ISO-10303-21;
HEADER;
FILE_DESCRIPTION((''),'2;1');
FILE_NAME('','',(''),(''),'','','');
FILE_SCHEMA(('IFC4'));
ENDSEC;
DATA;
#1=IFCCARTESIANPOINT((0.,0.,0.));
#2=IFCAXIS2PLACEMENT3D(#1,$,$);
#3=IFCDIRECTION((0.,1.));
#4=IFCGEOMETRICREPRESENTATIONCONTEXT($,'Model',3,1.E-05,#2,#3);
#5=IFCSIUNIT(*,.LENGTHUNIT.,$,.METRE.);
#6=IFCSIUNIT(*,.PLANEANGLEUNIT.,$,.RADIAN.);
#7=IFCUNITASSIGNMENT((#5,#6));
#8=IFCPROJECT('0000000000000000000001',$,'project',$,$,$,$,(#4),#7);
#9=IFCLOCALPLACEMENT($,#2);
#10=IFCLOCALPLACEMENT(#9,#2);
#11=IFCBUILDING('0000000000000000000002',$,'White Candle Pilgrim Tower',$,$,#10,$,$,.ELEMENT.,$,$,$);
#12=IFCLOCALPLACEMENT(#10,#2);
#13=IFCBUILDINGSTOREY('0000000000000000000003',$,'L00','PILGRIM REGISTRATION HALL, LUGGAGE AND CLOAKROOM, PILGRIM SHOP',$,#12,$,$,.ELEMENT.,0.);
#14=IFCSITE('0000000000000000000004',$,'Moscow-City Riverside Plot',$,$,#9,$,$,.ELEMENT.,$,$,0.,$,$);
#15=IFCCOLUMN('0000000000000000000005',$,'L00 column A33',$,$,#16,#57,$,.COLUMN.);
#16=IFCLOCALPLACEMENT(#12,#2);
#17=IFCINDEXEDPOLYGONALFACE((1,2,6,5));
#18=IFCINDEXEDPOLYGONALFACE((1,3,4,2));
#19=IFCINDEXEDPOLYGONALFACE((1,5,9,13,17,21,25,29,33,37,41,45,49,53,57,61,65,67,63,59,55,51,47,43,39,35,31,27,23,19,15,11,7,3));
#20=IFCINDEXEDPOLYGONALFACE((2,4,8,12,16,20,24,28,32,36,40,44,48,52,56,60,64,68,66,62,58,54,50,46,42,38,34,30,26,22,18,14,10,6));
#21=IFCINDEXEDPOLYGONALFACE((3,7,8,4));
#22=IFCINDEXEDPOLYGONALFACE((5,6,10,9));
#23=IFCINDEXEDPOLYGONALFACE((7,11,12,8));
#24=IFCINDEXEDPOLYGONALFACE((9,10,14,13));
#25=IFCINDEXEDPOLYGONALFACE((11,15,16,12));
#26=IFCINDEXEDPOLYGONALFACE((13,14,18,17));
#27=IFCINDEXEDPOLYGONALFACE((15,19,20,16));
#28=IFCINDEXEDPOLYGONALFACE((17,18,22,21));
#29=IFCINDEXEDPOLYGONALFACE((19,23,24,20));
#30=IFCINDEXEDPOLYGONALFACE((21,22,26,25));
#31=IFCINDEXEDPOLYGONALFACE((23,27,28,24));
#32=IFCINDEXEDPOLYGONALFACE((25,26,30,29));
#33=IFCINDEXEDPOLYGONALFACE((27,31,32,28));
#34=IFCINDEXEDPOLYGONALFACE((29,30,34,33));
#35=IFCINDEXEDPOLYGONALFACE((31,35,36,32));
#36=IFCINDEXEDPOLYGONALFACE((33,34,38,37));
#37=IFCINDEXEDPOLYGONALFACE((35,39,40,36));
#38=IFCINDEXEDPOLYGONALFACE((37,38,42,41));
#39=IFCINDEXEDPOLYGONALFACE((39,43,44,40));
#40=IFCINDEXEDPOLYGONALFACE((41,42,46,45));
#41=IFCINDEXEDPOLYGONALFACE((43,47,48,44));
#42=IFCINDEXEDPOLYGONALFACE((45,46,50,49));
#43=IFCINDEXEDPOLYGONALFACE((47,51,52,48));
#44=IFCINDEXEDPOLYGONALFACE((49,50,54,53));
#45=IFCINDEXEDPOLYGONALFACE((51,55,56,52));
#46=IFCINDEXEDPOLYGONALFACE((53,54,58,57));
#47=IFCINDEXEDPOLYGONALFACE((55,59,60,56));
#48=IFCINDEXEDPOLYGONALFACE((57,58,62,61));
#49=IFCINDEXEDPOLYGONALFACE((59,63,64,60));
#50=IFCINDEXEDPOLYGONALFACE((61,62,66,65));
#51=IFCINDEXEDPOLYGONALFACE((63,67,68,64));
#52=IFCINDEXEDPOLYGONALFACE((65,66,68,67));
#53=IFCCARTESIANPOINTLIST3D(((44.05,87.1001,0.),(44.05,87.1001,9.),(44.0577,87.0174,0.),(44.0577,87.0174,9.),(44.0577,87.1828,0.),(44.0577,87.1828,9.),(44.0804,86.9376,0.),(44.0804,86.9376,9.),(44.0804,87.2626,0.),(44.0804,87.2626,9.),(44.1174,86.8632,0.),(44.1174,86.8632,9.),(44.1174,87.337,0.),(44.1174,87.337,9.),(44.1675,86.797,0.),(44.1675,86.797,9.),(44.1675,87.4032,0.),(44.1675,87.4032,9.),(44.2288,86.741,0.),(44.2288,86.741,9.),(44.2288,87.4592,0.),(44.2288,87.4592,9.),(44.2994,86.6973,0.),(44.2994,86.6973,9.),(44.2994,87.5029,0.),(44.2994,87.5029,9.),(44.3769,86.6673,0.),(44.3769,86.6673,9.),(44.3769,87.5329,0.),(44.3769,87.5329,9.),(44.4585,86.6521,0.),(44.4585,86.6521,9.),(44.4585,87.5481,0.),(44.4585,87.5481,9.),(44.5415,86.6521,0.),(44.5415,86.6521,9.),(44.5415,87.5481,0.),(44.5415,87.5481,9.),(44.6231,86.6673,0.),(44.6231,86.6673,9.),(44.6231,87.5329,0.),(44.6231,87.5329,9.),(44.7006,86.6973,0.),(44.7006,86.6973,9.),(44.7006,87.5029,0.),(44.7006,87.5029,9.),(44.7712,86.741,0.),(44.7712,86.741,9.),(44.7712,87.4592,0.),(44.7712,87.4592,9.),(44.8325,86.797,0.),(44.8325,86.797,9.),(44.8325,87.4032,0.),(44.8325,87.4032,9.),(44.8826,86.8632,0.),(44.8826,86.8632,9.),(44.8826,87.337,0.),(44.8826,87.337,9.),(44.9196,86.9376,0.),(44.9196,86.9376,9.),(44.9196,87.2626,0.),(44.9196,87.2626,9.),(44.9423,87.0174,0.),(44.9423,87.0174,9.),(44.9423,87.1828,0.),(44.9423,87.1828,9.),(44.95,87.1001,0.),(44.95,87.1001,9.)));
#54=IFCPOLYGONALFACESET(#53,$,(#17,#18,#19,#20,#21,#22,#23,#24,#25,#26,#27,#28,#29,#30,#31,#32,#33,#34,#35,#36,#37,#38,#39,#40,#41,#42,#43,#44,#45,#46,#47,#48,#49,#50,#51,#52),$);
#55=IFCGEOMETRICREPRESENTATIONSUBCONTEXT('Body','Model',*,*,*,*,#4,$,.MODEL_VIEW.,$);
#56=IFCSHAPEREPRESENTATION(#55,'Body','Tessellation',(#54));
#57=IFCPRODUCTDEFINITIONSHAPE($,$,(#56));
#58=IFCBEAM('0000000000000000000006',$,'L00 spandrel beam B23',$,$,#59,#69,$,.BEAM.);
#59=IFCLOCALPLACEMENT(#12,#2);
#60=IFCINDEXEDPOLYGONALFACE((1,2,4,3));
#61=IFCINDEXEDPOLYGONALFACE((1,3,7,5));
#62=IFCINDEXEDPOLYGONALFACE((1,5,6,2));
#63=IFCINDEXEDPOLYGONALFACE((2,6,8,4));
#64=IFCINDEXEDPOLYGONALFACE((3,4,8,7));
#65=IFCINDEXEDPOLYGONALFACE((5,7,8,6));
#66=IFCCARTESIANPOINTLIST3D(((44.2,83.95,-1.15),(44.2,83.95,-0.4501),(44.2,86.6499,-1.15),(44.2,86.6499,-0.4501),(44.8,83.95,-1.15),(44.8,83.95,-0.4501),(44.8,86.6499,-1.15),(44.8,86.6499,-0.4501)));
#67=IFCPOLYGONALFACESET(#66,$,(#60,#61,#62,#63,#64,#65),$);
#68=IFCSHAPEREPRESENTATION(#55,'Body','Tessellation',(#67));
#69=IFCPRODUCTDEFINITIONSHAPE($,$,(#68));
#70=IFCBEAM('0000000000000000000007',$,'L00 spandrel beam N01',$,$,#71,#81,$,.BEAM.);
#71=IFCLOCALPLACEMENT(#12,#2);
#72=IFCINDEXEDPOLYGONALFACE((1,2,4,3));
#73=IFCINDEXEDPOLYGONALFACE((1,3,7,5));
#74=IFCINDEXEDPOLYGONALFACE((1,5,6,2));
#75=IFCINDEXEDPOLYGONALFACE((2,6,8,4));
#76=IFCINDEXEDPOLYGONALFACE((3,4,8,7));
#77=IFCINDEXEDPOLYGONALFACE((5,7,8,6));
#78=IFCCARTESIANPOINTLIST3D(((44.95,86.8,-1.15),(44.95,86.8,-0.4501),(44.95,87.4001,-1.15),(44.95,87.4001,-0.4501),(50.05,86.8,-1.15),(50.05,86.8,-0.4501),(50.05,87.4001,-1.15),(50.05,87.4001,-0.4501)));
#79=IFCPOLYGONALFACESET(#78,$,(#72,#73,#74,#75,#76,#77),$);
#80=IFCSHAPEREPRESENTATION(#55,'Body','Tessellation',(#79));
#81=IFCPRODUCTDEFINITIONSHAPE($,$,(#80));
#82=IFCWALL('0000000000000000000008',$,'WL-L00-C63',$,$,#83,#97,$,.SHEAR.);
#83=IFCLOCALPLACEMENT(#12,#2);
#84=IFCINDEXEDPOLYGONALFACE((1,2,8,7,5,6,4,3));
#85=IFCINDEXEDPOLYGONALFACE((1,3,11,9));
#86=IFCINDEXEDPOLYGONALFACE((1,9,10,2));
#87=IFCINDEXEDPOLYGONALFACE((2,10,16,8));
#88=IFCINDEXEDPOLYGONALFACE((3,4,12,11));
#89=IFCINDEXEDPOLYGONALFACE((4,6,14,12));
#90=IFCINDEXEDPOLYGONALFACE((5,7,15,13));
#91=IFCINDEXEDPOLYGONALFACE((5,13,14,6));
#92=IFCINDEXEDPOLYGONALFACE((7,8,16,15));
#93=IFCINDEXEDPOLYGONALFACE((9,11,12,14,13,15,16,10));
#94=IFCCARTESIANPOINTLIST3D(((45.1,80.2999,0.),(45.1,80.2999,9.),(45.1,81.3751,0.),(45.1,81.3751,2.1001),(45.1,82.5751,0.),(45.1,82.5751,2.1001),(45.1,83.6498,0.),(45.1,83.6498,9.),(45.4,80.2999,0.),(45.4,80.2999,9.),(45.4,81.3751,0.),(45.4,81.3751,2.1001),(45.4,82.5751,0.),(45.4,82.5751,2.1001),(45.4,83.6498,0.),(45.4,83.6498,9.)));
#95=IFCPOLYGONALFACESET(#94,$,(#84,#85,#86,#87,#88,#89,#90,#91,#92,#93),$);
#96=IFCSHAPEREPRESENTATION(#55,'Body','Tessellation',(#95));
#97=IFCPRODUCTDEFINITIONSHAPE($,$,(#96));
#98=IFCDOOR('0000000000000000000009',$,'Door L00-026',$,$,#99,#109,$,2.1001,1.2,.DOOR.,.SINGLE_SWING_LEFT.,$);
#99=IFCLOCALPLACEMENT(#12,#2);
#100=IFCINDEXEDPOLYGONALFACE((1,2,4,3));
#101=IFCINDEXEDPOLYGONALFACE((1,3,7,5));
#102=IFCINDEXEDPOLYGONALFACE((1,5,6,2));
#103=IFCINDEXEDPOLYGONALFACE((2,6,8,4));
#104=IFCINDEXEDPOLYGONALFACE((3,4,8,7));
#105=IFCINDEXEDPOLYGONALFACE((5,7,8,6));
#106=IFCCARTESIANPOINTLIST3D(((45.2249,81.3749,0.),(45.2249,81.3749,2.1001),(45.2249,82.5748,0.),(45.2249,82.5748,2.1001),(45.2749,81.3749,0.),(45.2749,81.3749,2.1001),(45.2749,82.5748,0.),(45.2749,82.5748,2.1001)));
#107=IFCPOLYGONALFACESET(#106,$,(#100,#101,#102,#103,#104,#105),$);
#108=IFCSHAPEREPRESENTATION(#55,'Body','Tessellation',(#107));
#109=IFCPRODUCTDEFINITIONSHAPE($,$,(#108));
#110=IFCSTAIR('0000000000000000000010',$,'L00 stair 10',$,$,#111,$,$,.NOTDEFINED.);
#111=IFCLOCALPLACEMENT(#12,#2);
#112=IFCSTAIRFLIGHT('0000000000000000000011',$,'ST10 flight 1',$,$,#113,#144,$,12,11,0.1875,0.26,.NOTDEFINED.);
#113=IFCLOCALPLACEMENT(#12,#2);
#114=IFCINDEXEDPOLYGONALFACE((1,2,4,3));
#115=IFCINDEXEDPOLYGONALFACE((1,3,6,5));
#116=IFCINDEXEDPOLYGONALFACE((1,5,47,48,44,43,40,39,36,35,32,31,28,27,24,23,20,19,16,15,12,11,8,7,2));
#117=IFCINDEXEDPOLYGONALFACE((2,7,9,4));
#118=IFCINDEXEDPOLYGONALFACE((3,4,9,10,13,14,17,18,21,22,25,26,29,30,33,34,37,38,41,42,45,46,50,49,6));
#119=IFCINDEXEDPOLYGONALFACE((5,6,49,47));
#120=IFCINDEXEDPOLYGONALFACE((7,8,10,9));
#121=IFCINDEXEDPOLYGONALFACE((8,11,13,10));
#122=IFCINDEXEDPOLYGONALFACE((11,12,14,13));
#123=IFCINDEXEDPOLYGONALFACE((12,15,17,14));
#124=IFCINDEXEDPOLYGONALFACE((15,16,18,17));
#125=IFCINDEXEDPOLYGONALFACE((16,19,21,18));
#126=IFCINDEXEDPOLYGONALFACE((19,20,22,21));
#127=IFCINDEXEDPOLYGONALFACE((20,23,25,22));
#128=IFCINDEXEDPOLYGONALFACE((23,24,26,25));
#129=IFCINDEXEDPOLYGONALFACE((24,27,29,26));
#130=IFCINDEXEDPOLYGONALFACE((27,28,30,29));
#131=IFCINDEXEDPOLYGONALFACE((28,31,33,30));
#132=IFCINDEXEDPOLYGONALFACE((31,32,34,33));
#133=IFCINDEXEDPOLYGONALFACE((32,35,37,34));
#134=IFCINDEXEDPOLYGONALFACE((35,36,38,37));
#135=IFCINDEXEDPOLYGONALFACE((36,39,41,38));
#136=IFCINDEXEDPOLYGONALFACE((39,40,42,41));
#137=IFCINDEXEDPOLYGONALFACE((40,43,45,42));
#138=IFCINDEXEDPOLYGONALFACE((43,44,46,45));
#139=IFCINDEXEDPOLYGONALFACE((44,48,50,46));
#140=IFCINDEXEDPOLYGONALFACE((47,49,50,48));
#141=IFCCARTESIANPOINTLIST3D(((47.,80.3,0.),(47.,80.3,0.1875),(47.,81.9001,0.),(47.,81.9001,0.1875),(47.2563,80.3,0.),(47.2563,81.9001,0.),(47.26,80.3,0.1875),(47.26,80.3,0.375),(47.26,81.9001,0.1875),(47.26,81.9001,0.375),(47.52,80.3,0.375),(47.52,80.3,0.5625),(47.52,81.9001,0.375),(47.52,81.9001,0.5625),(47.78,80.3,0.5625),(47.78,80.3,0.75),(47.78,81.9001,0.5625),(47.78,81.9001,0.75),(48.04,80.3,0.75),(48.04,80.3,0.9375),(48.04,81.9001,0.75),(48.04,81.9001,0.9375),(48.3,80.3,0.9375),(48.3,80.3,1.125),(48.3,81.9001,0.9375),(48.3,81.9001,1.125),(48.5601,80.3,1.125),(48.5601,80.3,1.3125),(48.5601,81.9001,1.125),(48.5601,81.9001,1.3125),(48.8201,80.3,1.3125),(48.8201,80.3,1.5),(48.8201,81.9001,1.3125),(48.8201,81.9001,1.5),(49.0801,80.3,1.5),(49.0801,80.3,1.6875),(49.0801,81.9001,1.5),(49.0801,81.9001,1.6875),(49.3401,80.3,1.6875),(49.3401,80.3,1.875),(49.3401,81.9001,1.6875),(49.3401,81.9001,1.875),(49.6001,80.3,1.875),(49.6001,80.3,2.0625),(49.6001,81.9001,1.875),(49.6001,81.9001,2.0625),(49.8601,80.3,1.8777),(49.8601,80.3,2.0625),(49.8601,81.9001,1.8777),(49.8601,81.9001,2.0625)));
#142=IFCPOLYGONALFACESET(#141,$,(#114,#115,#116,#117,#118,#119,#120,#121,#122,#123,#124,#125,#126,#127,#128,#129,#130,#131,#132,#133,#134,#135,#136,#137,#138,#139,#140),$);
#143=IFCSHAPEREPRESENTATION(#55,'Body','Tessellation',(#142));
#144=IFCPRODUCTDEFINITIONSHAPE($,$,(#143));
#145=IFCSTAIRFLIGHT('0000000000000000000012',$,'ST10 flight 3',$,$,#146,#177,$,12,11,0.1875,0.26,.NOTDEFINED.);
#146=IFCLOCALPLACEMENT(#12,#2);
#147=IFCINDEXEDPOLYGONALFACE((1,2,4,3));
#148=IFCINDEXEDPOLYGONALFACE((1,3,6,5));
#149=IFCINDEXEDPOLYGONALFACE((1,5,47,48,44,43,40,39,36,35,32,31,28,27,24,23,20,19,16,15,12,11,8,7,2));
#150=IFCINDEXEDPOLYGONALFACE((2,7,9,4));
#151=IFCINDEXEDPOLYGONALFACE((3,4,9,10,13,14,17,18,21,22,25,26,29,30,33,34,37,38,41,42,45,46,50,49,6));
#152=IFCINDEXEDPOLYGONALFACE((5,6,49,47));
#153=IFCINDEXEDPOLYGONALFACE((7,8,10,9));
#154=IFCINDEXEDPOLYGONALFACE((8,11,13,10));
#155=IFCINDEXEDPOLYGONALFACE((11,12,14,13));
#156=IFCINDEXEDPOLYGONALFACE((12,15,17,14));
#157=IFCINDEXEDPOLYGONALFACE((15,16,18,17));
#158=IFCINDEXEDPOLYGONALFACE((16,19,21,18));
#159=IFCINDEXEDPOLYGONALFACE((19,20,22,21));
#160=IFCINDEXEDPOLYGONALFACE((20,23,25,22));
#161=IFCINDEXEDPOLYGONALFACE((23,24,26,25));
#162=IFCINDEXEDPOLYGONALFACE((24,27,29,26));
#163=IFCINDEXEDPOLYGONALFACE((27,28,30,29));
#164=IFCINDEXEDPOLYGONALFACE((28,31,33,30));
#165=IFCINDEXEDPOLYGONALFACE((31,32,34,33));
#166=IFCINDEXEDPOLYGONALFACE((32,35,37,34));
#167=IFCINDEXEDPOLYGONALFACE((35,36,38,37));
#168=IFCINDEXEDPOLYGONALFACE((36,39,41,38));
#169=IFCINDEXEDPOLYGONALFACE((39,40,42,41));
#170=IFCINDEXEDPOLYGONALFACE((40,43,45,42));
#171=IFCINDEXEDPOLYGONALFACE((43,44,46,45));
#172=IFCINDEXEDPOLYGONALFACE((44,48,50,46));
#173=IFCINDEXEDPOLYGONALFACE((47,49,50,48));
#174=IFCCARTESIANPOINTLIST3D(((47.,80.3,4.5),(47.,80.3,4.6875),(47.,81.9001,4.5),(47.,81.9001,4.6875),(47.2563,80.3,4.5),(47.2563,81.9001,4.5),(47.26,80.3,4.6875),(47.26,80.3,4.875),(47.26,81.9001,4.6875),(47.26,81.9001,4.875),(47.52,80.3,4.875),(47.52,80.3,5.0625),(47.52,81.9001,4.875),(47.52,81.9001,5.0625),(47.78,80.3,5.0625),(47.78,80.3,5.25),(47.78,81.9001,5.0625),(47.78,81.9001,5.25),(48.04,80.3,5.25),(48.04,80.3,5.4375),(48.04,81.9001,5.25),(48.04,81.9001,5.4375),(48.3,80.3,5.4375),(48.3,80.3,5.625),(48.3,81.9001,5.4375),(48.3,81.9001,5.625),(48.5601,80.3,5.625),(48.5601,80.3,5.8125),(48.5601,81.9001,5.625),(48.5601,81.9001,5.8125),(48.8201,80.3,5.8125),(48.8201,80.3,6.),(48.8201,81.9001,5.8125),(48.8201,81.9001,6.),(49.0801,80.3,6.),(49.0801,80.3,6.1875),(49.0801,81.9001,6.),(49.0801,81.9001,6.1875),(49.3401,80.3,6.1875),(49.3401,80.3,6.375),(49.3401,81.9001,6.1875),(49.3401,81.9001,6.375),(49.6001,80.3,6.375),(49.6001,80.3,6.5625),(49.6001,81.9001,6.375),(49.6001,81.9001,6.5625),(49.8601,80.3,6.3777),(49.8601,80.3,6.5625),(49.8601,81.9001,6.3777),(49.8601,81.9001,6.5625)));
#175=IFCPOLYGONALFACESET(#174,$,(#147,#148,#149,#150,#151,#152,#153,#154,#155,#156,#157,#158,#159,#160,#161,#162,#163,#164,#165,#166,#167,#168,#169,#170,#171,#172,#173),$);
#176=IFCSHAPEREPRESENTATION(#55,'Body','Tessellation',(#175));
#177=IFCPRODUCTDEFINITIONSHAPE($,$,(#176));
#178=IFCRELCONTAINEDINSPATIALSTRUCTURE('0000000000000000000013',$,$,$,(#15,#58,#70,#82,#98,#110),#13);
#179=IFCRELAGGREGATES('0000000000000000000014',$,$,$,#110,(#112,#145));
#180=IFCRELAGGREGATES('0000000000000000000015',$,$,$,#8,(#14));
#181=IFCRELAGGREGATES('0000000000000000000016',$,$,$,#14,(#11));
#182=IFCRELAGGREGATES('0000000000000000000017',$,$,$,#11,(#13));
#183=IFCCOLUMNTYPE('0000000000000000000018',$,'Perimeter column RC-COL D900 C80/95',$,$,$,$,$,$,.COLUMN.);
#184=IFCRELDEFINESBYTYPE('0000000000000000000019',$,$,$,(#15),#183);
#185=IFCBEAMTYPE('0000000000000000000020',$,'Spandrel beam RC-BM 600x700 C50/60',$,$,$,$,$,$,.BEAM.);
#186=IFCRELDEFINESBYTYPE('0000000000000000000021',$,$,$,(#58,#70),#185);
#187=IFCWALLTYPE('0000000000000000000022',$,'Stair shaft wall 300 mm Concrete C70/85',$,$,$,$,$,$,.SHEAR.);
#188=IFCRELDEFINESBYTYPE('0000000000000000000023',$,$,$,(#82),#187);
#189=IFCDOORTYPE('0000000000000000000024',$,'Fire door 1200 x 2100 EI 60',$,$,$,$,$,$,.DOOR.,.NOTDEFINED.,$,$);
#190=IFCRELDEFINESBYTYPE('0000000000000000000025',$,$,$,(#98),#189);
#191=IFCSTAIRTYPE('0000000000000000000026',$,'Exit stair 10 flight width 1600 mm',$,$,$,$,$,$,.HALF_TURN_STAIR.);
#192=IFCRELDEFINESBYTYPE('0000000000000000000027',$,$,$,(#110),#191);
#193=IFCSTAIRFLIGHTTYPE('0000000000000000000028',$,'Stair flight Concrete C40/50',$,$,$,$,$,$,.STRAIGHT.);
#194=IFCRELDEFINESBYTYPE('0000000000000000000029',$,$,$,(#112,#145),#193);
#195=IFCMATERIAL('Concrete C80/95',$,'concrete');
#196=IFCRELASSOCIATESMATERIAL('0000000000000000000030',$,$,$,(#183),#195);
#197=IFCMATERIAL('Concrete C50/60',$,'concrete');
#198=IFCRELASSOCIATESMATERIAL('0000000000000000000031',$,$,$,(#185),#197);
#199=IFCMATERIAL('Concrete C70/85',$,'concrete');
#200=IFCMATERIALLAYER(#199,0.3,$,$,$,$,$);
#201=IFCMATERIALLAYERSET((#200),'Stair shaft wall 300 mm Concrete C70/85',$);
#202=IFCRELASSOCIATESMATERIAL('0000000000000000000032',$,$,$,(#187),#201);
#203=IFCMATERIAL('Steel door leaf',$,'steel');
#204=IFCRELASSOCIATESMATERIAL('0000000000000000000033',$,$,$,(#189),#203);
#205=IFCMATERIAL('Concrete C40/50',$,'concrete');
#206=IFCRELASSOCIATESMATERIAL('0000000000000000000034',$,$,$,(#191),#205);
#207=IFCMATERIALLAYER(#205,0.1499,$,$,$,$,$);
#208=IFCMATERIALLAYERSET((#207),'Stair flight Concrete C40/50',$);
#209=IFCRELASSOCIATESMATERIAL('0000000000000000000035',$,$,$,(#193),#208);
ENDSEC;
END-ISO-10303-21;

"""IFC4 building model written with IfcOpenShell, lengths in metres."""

from ifc_helpers import new_model, si_unit, direction, frame, frame_2d, origin, origin_2d, place, context, subcontext, project, spatial, polyline, rectangle, circle, outline, extrude, material, layer, layer_set, material_profile, profile_set, type_object, element, fill, aggregate, save


model = new_model("IFC4")

# Units and contexts
model_context = context("Model", 3, precision=1e-05, world=origin(), true_north=direction((0.0, 1.0)))
body_context = subcontext(model_context, "Body", "Model", "MODEL_VIEW")
ifc_project = project(units=[si_unit("LENGTHUNIT", "METRE"), si_unit("PLANEANGLEUNIT", "RADIAN")], contexts=[model_context])

# Site, building, storey
site_placement = place(None, origin())
site = spatial("IfcSite", under=ifc_project, at=site_placement, Name="Moscow-City Riverside Plot", CompositionType="ELEMENT", RefElevation=0.0)
building_placement = place(site_placement, origin())
building = spatial("IfcBuilding", under=site, at=building_placement, Name="White Candle Pilgrim Tower", CompositionType="ELEMENT")
storey_placement = place(building_placement, origin())
storey = spatial("IfcBuildingStorey", under=building, at=storey_placement, Name="L00", Description="PILGRIM REGISTRATION HALL, LUGGAGE AND CLOAKROOM, PILGRIM SHOP", CompositionType="ELEMENT", Elevation=0.0)

# Column
ifc_material_1 = material(Name="Concrete C80/95", Category="concrete")
ifc_material_profile_1 = material_profile(ifc_material_1, circle(Radius=0.45, at=origin_2d()), Name="RC-COL D900")
ifc_profile_set_1 = profile_set([ifc_material_profile_1], Name="Concrete C80/95")
column_type = type_object("IfcColumnType", Name="Perimeter column RC-COL D900 C80/95", PredefinedType="COLUMN", material=ifc_profile_set_1)
column_placement = place(storey_placement, frame((44.5, 87.1001, 0.0), z_axis=(0.0, 0.0, 1.0), x_axis=(1.0, 0.0, 0.0)))
element("IfcColumn", 1, at=column_placement, inside=storey, type_object=column_type, Name="L00 column A33", PredefinedType="COLUMN", context=body_context, shape_type="SweptSolid", body=[
    extrude(circle(Radius=0.45, at=origin_2d()), origin(), (0.0, 0.0, 1.0), 9.0),
])

# Beams
ifc_material_2 = material(Name="Concrete C50/60", Category="concrete")
ifc_material_profile_2 = material_profile(ifc_material_2, rectangle(XDim=0.6001, YDim=0.7, at=origin_2d()), Name="RC-BM 600x700")
ifc_profile_set_2 = profile_set([ifc_material_profile_2], Name="Concrete C50/60")
beam_type = type_object("IfcBeamType", Name="Spandrel beam RC-BM 600x700 C50/60", PredefinedType="BEAM", material=ifc_profile_set_2)
beam_1_placement = place(storey_placement, frame((44.5, 86.6499, -0.8), z_axis=(0.0, -1.0, 0.0), x_axis=(1.0, 0.0, 0.0)))
element("IfcBeam", 2, at=beam_1_placement, inside=storey, type_object=beam_type, Name="L00 spandrel beam B23", PredefinedType="BEAM", context=body_context, shape_type="SweptSolid", body=[
    extrude(rectangle(XDim=0.6001, YDim=0.7, at=origin_2d()), origin(), (0.0, 0.0, 1.0), 2.7),
])
beam_2_placement = place(storey_placement, frame((44.95, 87.1001, -0.8), z_axis=(1.0, 0.0, 0.0), x_axis=(0.0, 1.0, 0.0)))
element("IfcBeam", 3, at=beam_2_placement, inside=storey, type_object=beam_type, Name="L00 spandrel beam N01", PredefinedType="BEAM", context=body_context, shape_type="SweptSolid", body=[
    extrude(rectangle(XDim=0.6001, YDim=0.7, at=origin_2d()), origin(), (0.0, 0.0, 1.0), 5.1001),
])

# Wall, opening, door
ifc_material_3 = material(Name="Concrete C70/85", Category="concrete")
ifc_layer_1 = layer(ifc_material_3, 0.3)
ifc_layer_set_1 = layer_set([ifc_layer_1], Name="Stair shaft wall 300 mm Concrete C70/85")
wall_type = type_object("IfcWallType", Name="Stair shaft wall 300 mm Concrete C70/85", PredefinedType="SHEAR", material=ifc_layer_set_1)
wall_placement = place(storey_placement, frame((45.25, 80.3, 0.0), z_axis=(0.0, 0.0, 1.0), x_axis=(0.0, 1.0, 0.0)))
wall = element("IfcWall", 4, at=wall_placement, inside=storey, type_object=wall_type, Name="WL-L00-C63", PredefinedType="SHEAR", context=body_context, shape_type="SweptSolid", body=[
    extrude(rectangle(XDim=3.3499, YDim=0.3, at=frame_2d((1.6748, 0.0))), origin(), (0.0, 0.0, 1.0), 9.0),
])
opening_placement = place(wall_placement, frame((1.075, 0.0, 0.0)))
opening = element("IfcOpeningElement", 5, at=opening_placement, cuts=wall, PredefinedType="OPENING", context=body_context, shape_type="SweptSolid", body=[
    extrude(rectangle(XDim=1.2, YDim=2.1001, at=frame_2d((0.6001, 1.05))), frame((0.0, 0.1599, 0.0), z_axis=(0.0, -1.0, 0.0), x_axis=(1.0, 0.0, 0.0)), (0.0, 0.0, 1.0), 0.3201),
])
ifc_material_4 = material(Name="Steel door leaf", Category="steel")
door_type = type_object("IfcDoorType", Name="Fire door 1200 x 2100 EI 60", OperationType="NOTDEFINED", PredefinedType="DOOR", material=ifc_material_4)
door_placement = place(opening_placement, frame((1.2, 0.0, 0.0), z_axis=(0.0, 0.0, 1.0), x_axis=(-1.0, 0.0, 0.0)))
door = element("IfcDoor", 6, at=door_placement, inside=storey, type_object=door_type, Name="Door L00-026", OperationType="SINGLE_SWING_LEFT", OverallHeight=2.1001, OverallWidth=1.2, PredefinedType="DOOR", context=body_context, shape_type="SweptSolid", body=[
    extrude(rectangle(XDim=1.2, YDim=2.1001, at=frame_2d((0.6001, 1.05))), frame((0.0, 0.0249, 0.0), z_axis=(0.0, -1.0, 0.0), x_axis=(1.0, 0.0, 0.0)), (0.0, 0.0, 1.0), 0.05),
])
fill(opening, door)

# Stair, stair flights
ifc_material_5 = material(Name="Concrete C40/50", Category="concrete")
stair_type = type_object("IfcStairType", Name="Exit stair 10 flight width 1600 mm", PredefinedType="HALF_TURN_STAIR", material=ifc_material_5)
stair_placement = place(storey_placement, origin())
stair = element("IfcStair", 7, at=stair_placement, inside=storey, type_object=stair_type, Name="L00 stair 10", PredefinedType="NOTDEFINED")
ifc_layer_2 = layer(ifc_material_5, 0.1499)
ifc_layer_set_2 = layer_set([ifc_layer_2], Name="Stair flight Concrete C40/50")
stair_flight_type = type_object("IfcStairFlightType", Name="Stair flight Concrete C40/50", PredefinedType="STRAIGHT", material=ifc_layer_set_2)
stair_flight_1_placement = place(storey_placement, frame((47.0, 81.1001, 0.0), z_axis=(0.0, 0.0, 1.0), x_axis=(1.0, 0.0, 0.0)))
stair_flight_1 = element("IfcStairFlight", 8, at=stair_flight_1_placement, type_object=stair_flight_type, Name="ST10 flight 1", NumberOfRisers=12, NumberOfTreads=11, PredefinedType="NOTDEFINED", RiserHeight=0.1875, TreadLength=0.26, context=body_context, shape_type="SweptSolid", body=[
    extrude(outline(polyline([(0.0, 0.0), (0.0, 0.1875), (0.26, 0.1875), (0.26, 0.375), (0.52, 0.375), (0.52, 0.5625), (0.78, 0.5625), (0.78, 0.75), (1.04, 0.75), (1.04, 0.9375), (1.3, 0.9375), (1.3, 1.125), (1.5601, 1.125), (1.5601, 1.3125), (1.8201, 1.3125), (1.8201, 1.5), (2.0801, 1.5), (2.0801, 1.6875), (2.3401, 1.6875), (2.3401, 1.875), (2.6001, 1.875), (2.6001, 2.0625), (2.8601, 2.0625), (2.8601, 2.25), (2.8601, 1.8777), (0.2563, 0.0), (0.0, 0.0)])), frame((0.0, 0.8, 0.0), z_axis=(0.0, -1.0, 0.0), x_axis=(1.0, 0.0, 0.0)), (0.0, 0.0, 1.0), 1.6001),
])
stair_flight_2_placement = place(storey_placement, frame((47.0, 81.1001, 4.5), z_axis=(0.0, 0.0, 1.0), x_axis=(1.0, 0.0, 0.0)))
stair_flight_2 = element("IfcStairFlight", 9, at=stair_flight_2_placement, type_object=stair_flight_type, Name="ST10 flight 3", NumberOfRisers=12, NumberOfTreads=11, PredefinedType="NOTDEFINED", RiserHeight=0.1875, TreadLength=0.26, context=body_context, shape_type="SweptSolid", body=[
    extrude(outline(polyline([(0.0, 0.0), (0.0, 0.1875), (0.26, 0.1875), (0.26, 0.375), (0.52, 0.375), (0.52, 0.5625), (0.78, 0.5625), (0.78, 0.75), (1.04, 0.75), (1.04, 0.9375), (1.3, 0.9375), (1.3, 1.125), (1.5601, 1.125), (1.5601, 1.3125), (1.8201, 1.3125), (1.8201, 1.5), (2.0801, 1.5), (2.0801, 1.6875), (2.3401, 1.6875), (2.3401, 1.875), (2.6001, 1.875), (2.6001, 2.0625), (2.8601, 2.0625), (2.8601, 2.25), (2.8601, 1.8777), (0.2563, 0.0), (0.0, 0.0)])), frame((0.0, 0.8, 0.0), z_axis=(0.0, -1.0, 0.0), x_axis=(1.0, 0.0, 0.0)), (0.0, 0.0, 1.0), 1.6001),
])
aggregate(stair, [stair_flight_1, stair_flight_2])

save(model, "model.ifc")
